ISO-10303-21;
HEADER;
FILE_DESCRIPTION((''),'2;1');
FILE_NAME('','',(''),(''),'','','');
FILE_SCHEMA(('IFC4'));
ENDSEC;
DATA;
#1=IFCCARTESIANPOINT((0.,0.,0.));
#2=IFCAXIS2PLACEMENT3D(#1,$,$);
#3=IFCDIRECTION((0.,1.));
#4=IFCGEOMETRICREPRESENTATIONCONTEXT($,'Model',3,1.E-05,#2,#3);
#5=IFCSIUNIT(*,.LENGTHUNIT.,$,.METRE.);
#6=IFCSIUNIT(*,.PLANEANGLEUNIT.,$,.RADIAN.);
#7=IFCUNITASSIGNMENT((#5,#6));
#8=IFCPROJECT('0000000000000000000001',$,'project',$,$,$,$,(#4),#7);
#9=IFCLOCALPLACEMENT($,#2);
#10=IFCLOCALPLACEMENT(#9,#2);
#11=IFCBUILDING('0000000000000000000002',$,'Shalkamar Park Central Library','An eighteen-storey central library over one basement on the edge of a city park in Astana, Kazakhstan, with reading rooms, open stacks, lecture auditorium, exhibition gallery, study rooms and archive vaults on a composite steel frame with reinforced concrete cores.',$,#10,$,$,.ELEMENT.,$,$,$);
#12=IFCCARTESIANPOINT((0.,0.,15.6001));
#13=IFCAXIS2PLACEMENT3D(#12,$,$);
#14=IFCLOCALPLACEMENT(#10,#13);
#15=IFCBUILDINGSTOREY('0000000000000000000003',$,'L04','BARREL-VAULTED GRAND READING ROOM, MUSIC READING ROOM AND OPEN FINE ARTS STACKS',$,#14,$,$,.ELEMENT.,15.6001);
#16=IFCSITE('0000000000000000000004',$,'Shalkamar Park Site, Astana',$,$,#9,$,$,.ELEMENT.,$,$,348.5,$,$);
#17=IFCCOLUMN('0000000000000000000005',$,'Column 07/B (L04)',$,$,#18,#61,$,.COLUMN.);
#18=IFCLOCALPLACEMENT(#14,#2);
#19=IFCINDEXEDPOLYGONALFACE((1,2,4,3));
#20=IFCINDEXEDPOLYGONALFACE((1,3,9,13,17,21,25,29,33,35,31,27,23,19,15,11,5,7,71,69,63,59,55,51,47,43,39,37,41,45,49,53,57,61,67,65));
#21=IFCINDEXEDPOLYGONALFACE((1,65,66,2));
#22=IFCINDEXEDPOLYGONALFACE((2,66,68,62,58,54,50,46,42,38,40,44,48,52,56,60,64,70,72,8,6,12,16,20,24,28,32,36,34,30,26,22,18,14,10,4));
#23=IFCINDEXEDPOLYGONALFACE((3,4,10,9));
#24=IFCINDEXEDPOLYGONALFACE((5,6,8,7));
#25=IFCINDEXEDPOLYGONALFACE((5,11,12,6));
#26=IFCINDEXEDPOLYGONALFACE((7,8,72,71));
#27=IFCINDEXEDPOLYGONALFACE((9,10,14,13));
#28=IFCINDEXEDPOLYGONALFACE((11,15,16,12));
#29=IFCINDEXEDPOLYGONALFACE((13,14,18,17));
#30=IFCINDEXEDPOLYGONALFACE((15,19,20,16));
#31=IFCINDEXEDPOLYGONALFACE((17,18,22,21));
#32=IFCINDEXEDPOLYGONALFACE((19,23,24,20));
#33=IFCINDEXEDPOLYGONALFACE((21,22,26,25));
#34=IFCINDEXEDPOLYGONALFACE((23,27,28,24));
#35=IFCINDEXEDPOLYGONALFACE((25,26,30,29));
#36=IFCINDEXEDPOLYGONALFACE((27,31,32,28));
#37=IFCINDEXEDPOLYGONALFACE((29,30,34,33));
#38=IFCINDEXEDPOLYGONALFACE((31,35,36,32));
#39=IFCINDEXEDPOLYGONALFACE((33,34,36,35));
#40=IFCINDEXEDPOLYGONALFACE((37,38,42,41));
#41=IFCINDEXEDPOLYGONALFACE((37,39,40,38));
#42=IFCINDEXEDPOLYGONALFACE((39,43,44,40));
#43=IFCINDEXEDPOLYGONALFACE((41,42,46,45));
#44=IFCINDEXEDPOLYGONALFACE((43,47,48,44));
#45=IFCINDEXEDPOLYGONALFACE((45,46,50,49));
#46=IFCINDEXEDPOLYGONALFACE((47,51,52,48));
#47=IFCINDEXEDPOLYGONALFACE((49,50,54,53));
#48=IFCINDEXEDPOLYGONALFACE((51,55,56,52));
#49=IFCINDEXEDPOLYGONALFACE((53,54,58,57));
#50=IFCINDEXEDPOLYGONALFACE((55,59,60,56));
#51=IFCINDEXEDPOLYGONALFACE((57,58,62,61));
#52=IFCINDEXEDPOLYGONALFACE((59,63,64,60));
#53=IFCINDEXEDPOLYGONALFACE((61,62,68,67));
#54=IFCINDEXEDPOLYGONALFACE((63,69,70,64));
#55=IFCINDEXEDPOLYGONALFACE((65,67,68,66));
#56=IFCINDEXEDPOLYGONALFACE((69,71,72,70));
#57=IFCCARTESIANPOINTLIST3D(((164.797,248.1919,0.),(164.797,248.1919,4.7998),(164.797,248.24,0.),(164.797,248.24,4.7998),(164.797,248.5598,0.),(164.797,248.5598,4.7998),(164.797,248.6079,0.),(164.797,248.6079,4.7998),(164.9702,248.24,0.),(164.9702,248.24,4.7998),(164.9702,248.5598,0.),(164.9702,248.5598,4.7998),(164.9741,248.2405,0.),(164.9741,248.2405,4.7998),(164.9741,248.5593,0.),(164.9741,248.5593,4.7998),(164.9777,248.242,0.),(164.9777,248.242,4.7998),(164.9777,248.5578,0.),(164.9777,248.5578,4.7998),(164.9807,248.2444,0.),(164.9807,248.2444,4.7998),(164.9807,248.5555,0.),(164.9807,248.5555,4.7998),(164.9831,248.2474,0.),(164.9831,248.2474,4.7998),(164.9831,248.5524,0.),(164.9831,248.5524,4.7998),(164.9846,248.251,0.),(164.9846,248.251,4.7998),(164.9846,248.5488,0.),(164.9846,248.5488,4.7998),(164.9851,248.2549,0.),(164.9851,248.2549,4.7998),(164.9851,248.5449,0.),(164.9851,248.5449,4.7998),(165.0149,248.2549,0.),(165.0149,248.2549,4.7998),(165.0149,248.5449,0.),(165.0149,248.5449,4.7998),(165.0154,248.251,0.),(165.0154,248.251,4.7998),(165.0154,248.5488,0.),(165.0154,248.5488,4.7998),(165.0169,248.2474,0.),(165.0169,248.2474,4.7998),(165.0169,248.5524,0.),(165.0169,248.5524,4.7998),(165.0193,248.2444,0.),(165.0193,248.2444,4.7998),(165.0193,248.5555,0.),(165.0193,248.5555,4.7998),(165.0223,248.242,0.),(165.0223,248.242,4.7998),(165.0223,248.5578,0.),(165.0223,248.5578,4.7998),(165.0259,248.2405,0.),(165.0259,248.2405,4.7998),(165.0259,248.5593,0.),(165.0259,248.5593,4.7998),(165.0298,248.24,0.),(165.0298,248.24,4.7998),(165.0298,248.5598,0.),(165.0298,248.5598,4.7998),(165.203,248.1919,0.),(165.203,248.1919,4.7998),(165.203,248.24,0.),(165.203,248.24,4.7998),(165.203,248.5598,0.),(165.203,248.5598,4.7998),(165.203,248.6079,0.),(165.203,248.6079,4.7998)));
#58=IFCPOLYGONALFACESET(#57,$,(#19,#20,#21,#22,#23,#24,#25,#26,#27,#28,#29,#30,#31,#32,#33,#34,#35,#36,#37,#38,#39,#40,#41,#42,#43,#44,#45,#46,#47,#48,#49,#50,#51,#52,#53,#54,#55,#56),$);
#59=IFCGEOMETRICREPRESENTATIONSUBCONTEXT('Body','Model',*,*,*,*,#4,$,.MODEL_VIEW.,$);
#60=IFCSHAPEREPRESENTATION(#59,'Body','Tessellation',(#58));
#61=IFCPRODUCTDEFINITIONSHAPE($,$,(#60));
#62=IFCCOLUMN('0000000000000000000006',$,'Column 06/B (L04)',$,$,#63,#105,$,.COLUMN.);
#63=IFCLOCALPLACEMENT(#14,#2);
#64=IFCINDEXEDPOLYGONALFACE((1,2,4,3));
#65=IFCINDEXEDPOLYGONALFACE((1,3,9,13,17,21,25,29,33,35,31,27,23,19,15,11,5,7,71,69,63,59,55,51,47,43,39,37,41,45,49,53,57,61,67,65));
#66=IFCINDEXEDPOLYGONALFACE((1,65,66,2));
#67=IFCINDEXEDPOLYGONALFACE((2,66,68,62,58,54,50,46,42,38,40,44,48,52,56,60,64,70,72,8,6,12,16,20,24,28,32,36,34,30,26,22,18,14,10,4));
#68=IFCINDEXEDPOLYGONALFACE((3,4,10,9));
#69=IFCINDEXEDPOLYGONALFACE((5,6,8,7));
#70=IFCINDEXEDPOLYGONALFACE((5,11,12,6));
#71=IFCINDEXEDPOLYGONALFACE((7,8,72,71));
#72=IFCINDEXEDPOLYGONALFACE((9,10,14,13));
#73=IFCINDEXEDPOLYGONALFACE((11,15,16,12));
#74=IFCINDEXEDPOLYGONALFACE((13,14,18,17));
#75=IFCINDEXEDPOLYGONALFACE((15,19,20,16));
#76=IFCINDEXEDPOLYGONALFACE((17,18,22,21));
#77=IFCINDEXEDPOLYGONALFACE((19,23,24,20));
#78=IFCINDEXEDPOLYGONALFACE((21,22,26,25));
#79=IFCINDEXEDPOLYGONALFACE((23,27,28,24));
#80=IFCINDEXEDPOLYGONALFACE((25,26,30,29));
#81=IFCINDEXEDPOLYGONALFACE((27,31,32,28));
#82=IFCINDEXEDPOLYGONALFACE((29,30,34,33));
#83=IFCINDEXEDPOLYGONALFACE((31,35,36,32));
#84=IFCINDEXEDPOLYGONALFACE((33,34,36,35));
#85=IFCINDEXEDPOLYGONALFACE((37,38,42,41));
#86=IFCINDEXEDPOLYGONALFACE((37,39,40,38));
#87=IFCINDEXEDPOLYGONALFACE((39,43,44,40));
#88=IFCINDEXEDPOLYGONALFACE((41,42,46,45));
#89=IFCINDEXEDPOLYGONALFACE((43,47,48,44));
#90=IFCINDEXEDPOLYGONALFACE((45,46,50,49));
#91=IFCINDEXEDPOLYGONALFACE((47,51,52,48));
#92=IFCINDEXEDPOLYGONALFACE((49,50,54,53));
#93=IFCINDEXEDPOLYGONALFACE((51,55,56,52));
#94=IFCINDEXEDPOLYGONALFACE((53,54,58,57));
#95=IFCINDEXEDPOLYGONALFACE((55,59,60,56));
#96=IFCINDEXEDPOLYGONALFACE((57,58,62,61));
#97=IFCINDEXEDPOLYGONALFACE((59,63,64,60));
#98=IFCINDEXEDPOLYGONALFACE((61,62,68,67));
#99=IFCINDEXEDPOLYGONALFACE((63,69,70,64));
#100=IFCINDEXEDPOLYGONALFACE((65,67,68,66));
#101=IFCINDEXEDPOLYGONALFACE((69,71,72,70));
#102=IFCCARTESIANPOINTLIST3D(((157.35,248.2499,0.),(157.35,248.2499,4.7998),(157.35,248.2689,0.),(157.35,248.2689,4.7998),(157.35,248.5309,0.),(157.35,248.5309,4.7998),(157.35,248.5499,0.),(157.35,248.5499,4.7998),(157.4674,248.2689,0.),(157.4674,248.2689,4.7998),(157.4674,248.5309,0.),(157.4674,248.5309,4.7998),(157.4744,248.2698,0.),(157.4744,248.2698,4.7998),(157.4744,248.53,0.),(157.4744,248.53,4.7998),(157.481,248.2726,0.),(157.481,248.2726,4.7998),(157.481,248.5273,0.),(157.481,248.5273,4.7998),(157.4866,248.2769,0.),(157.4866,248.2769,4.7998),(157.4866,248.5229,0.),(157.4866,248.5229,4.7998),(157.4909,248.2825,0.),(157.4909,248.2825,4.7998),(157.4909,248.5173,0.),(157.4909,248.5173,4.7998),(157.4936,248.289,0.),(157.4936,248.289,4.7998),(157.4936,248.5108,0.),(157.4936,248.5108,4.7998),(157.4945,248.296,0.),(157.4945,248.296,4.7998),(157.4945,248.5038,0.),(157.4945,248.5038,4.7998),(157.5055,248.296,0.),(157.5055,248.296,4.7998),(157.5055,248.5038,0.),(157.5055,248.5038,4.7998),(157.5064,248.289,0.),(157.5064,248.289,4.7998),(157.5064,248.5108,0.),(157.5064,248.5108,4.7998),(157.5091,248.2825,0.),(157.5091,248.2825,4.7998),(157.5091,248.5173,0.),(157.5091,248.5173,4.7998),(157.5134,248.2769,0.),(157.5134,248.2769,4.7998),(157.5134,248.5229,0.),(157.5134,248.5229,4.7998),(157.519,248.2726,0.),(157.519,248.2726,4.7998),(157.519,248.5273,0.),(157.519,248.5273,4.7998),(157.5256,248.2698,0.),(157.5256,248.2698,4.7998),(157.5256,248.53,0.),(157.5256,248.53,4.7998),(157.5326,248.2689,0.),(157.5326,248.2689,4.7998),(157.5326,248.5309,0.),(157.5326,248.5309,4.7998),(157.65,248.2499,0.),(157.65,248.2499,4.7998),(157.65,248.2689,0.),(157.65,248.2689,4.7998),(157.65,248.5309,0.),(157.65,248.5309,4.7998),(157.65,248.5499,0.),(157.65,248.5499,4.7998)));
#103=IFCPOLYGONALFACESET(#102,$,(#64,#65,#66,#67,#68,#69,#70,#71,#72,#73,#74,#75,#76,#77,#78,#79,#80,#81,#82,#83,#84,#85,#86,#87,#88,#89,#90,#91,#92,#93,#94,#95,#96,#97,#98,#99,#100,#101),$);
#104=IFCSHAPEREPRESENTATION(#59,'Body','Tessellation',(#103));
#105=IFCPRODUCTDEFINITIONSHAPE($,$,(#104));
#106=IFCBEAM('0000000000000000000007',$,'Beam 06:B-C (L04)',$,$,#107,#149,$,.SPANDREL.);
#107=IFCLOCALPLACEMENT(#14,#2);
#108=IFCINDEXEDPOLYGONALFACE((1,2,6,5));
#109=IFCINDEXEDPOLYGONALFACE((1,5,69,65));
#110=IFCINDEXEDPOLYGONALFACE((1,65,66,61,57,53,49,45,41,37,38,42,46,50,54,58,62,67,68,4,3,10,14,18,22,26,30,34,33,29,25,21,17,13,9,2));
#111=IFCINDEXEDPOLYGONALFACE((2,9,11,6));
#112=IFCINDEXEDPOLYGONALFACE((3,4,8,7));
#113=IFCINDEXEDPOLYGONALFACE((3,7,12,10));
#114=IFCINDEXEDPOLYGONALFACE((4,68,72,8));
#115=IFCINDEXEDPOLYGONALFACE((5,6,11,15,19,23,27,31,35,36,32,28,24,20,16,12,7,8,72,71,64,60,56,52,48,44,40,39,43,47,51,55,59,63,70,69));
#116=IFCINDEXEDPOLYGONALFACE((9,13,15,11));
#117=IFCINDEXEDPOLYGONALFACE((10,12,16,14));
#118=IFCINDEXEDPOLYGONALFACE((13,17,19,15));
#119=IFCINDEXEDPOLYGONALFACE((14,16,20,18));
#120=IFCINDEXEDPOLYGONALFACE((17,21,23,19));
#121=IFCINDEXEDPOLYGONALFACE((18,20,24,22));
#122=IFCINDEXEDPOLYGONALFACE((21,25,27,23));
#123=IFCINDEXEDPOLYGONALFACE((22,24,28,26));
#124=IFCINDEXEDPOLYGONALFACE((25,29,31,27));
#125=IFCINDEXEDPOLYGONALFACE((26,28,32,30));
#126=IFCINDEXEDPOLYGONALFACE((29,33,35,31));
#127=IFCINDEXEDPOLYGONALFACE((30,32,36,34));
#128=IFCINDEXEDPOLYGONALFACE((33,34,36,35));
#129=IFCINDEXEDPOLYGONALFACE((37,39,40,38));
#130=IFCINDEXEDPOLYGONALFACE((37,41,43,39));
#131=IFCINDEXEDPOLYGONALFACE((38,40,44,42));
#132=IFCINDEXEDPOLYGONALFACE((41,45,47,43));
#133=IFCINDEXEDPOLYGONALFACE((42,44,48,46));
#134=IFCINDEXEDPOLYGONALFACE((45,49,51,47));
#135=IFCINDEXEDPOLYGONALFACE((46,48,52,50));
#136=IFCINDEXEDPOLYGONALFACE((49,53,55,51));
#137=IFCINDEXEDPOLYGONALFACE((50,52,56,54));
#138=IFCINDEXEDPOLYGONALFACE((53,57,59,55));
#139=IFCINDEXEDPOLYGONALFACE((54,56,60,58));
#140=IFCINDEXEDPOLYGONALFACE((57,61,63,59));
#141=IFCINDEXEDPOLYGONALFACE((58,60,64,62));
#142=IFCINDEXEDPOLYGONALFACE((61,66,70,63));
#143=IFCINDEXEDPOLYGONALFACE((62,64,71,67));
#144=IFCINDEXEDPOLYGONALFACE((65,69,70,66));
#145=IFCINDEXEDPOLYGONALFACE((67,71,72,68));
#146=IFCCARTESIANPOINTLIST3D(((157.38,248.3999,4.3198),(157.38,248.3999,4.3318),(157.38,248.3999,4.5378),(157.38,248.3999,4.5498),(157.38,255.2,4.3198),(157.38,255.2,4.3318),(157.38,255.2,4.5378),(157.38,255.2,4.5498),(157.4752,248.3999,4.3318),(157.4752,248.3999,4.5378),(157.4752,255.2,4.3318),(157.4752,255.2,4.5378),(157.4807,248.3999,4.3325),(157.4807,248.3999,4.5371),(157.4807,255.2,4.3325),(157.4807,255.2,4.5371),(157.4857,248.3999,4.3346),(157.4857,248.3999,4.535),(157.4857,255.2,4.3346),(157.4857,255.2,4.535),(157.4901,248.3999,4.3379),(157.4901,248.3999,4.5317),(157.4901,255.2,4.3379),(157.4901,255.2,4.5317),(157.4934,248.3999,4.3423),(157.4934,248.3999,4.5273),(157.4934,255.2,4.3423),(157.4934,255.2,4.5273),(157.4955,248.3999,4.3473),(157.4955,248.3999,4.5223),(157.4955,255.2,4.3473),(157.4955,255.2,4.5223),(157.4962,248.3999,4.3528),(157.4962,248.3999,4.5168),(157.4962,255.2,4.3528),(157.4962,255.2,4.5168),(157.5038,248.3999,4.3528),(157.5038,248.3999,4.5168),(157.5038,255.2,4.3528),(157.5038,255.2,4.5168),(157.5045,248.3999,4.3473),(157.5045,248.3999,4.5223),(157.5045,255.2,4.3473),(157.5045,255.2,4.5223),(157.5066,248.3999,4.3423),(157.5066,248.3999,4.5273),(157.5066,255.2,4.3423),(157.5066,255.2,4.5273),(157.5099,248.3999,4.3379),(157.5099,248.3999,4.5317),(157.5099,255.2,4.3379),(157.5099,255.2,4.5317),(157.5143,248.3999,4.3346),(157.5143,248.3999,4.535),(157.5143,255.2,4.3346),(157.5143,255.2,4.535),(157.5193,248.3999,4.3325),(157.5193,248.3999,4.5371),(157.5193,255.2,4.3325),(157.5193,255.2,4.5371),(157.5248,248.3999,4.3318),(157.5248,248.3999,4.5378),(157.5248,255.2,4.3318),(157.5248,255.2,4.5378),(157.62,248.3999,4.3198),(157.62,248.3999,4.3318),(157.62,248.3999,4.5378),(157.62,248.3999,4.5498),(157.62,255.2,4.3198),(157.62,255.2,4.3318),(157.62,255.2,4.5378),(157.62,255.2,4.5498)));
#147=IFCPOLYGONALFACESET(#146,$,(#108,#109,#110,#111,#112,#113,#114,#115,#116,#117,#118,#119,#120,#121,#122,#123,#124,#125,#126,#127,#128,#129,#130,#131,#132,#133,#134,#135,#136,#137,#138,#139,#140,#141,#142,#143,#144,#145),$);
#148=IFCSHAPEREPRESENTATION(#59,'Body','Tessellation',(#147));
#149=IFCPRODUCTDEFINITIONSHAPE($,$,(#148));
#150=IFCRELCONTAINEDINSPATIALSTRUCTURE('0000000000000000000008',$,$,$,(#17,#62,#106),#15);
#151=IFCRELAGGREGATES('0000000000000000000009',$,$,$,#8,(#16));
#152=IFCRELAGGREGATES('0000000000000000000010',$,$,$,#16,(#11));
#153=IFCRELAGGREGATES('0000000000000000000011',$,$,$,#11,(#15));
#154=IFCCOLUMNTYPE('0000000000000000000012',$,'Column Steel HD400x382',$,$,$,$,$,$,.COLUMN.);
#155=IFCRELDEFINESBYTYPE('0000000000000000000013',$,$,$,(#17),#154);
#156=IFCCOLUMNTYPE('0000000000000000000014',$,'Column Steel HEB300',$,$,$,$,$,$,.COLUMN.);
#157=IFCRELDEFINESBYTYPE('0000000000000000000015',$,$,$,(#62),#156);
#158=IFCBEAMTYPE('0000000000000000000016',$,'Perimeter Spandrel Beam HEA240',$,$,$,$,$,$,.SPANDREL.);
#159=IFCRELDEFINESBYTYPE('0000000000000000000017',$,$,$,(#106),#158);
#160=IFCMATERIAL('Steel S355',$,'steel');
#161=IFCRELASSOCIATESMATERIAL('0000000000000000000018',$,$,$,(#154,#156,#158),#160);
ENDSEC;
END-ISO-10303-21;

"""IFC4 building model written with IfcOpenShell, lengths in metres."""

from ifc_helpers import new_model, si_unit, direction, frame, origin, origin_2d, place, context, subcontext, project, spatial, i_section, extrude, material, material_profile, profile_set, type_object, element, save


model = new_model("IFC4")

# Units and contexts
model_context = context("Model", 3, precision=1e-05, world=origin(), true_north=direction((0.0, 1.0)))
body_context = subcontext(model_context, "Body", "Model", "MODEL_VIEW")
ifc_project = project(units=[si_unit("LENGTHUNIT", "METRE"), si_unit("PLANEANGLEUNIT", "RADIAN")], contexts=[model_context])

# Site, building, storey
site_placement = place(None, origin())
site = spatial("IfcSite", under=ifc_project, at=site_placement, Name="Shalkamar Park Site, Astana", CompositionType="ELEMENT", RefElevation=348.5)
building_placement = place(site_placement, origin())
building = spatial("IfcBuilding", under=site, at=building_placement, Name="Shalkamar Park Central Library", Description="An eighteen-storey central library over one basement on the edge of a city park in Astana, Kazakhstan, with reading rooms, open stacks, lecture auditorium, exhibition gallery, study rooms and archive vaults on a composite steel frame with reinforced concrete cores.", CompositionType="ELEMENT")
storey_placement = place(building_placement, frame((0.0, 0.0, 15.6001)))
storey = spatial("IfcBuildingStorey", under=building, at=storey_placement, Name="L04", Description="BARREL-VAULTED GRAND READING ROOM, MUSIC READING ROOM AND OPEN FINE ARTS STACKS", CompositionType="ELEMENT", Elevation=15.6001)

# Columns
ifc_material_1 = material(Name="Steel S355", Category="steel")
ifc_material_profile_1 = material_profile(ifc_material_1, i_section(OverallWidth=0.406, OverallDepth=0.416, WebThickness=0.0298, FlangeThickness=0.0481, FilletRadius=0.0149, at=origin_2d()), Name="HD 400x382")
ifc_profile_set_1 = profile_set([ifc_material_profile_1], Name="Steel S355")
column_type_1 = type_object("IfcColumnType", Name="Column Steel HD400x382", PredefinedType="COLUMN", material=ifc_profile_set_1)
column_1_placement = place(storey_placement, frame((165.0, 248.3999, 0.0), z_axis=(0.0, 0.0, 1.0), x_axis=(1.0, 0.0, 0.0)))
element("IfcColumn", 1, at=column_1_placement, inside=storey, type_object=column_type_1, Name="Column 07/B (L04)", PredefinedType="COLUMN", context=body_context, shape_type="SweptSolid", body=[
    extrude(i_section(OverallWidth=0.406, OverallDepth=0.416, WebThickness=0.0298, FlangeThickness=0.0481, FilletRadius=0.0149, at=origin_2d()), origin(), (0.0, 0.0, 1.0), 4.7998),
])
ifc_material_profile_2 = material_profile(ifc_material_1, i_section(OverallWidth=0.3, OverallDepth=0.3, WebThickness=0.011, FlangeThickness=0.019, FilletRadius=0.0271, at=origin_2d()), Name="HEB 300")
ifc_profile_set_2 = profile_set([ifc_material_profile_2], Name="Steel S355")
column_type_2 = type_object("IfcColumnType", Name="Column Steel HEB300", PredefinedType="COLUMN", material=ifc_profile_set_2)
column_2_placement = place(storey_placement, frame((157.5, 248.3999, 0.0), z_axis=(0.0, 0.0, 1.0), x_axis=(1.0, 0.0, 0.0)))
element("IfcColumn", 2, at=column_2_placement, inside=storey, type_object=column_type_2, Name="Column 06/B (L04)", PredefinedType="COLUMN", context=body_context, shape_type="SweptSolid", body=[
    extrude(i_section(OverallWidth=0.3, OverallDepth=0.3, WebThickness=0.011, FlangeThickness=0.019, FilletRadius=0.0271, at=origin_2d()), origin(), (0.0, 0.0, 1.0), 4.7998),
])

# Beam
ifc_material_profile_3 = material_profile(ifc_material_1, i_section(OverallWidth=0.24, OverallDepth=0.23, WebThickness=0.0076, FlangeThickness=0.012, FilletRadius=0.021, at=origin_2d()), Name="HEA 240")
ifc_profile_set_3 = profile_set([ifc_material_profile_3], Name="Steel S355")
beam_type_1 = type_object("IfcBeamType", Name="Perimeter Spandrel Beam HEA240", PredefinedType="SPANDREL", material=ifc_profile_set_3)
beam_1_placement = place(storey_placement, frame((157.5, 248.3999, 4.4348), z_axis=(0.0, 1.0, 0.0), x_axis=(-1.0, 0.0, 0.0)))
element("IfcBeam", 3, at=beam_1_placement, inside=storey, type_object=beam_type_1, Name="Beam 06:B-C (L04)", PredefinedType="SPANDREL", context=body_context, shape_type="SweptSolid", body=[
    extrude(i_section(OverallWidth=0.24, OverallDepth=0.23, WebThickness=0.0076, FlangeThickness=0.012, FilletRadius=0.021, at=origin_2d()), origin(), (0.0, 0.0, 1.0), 6.8),
])

save(model, "model.ifc")
